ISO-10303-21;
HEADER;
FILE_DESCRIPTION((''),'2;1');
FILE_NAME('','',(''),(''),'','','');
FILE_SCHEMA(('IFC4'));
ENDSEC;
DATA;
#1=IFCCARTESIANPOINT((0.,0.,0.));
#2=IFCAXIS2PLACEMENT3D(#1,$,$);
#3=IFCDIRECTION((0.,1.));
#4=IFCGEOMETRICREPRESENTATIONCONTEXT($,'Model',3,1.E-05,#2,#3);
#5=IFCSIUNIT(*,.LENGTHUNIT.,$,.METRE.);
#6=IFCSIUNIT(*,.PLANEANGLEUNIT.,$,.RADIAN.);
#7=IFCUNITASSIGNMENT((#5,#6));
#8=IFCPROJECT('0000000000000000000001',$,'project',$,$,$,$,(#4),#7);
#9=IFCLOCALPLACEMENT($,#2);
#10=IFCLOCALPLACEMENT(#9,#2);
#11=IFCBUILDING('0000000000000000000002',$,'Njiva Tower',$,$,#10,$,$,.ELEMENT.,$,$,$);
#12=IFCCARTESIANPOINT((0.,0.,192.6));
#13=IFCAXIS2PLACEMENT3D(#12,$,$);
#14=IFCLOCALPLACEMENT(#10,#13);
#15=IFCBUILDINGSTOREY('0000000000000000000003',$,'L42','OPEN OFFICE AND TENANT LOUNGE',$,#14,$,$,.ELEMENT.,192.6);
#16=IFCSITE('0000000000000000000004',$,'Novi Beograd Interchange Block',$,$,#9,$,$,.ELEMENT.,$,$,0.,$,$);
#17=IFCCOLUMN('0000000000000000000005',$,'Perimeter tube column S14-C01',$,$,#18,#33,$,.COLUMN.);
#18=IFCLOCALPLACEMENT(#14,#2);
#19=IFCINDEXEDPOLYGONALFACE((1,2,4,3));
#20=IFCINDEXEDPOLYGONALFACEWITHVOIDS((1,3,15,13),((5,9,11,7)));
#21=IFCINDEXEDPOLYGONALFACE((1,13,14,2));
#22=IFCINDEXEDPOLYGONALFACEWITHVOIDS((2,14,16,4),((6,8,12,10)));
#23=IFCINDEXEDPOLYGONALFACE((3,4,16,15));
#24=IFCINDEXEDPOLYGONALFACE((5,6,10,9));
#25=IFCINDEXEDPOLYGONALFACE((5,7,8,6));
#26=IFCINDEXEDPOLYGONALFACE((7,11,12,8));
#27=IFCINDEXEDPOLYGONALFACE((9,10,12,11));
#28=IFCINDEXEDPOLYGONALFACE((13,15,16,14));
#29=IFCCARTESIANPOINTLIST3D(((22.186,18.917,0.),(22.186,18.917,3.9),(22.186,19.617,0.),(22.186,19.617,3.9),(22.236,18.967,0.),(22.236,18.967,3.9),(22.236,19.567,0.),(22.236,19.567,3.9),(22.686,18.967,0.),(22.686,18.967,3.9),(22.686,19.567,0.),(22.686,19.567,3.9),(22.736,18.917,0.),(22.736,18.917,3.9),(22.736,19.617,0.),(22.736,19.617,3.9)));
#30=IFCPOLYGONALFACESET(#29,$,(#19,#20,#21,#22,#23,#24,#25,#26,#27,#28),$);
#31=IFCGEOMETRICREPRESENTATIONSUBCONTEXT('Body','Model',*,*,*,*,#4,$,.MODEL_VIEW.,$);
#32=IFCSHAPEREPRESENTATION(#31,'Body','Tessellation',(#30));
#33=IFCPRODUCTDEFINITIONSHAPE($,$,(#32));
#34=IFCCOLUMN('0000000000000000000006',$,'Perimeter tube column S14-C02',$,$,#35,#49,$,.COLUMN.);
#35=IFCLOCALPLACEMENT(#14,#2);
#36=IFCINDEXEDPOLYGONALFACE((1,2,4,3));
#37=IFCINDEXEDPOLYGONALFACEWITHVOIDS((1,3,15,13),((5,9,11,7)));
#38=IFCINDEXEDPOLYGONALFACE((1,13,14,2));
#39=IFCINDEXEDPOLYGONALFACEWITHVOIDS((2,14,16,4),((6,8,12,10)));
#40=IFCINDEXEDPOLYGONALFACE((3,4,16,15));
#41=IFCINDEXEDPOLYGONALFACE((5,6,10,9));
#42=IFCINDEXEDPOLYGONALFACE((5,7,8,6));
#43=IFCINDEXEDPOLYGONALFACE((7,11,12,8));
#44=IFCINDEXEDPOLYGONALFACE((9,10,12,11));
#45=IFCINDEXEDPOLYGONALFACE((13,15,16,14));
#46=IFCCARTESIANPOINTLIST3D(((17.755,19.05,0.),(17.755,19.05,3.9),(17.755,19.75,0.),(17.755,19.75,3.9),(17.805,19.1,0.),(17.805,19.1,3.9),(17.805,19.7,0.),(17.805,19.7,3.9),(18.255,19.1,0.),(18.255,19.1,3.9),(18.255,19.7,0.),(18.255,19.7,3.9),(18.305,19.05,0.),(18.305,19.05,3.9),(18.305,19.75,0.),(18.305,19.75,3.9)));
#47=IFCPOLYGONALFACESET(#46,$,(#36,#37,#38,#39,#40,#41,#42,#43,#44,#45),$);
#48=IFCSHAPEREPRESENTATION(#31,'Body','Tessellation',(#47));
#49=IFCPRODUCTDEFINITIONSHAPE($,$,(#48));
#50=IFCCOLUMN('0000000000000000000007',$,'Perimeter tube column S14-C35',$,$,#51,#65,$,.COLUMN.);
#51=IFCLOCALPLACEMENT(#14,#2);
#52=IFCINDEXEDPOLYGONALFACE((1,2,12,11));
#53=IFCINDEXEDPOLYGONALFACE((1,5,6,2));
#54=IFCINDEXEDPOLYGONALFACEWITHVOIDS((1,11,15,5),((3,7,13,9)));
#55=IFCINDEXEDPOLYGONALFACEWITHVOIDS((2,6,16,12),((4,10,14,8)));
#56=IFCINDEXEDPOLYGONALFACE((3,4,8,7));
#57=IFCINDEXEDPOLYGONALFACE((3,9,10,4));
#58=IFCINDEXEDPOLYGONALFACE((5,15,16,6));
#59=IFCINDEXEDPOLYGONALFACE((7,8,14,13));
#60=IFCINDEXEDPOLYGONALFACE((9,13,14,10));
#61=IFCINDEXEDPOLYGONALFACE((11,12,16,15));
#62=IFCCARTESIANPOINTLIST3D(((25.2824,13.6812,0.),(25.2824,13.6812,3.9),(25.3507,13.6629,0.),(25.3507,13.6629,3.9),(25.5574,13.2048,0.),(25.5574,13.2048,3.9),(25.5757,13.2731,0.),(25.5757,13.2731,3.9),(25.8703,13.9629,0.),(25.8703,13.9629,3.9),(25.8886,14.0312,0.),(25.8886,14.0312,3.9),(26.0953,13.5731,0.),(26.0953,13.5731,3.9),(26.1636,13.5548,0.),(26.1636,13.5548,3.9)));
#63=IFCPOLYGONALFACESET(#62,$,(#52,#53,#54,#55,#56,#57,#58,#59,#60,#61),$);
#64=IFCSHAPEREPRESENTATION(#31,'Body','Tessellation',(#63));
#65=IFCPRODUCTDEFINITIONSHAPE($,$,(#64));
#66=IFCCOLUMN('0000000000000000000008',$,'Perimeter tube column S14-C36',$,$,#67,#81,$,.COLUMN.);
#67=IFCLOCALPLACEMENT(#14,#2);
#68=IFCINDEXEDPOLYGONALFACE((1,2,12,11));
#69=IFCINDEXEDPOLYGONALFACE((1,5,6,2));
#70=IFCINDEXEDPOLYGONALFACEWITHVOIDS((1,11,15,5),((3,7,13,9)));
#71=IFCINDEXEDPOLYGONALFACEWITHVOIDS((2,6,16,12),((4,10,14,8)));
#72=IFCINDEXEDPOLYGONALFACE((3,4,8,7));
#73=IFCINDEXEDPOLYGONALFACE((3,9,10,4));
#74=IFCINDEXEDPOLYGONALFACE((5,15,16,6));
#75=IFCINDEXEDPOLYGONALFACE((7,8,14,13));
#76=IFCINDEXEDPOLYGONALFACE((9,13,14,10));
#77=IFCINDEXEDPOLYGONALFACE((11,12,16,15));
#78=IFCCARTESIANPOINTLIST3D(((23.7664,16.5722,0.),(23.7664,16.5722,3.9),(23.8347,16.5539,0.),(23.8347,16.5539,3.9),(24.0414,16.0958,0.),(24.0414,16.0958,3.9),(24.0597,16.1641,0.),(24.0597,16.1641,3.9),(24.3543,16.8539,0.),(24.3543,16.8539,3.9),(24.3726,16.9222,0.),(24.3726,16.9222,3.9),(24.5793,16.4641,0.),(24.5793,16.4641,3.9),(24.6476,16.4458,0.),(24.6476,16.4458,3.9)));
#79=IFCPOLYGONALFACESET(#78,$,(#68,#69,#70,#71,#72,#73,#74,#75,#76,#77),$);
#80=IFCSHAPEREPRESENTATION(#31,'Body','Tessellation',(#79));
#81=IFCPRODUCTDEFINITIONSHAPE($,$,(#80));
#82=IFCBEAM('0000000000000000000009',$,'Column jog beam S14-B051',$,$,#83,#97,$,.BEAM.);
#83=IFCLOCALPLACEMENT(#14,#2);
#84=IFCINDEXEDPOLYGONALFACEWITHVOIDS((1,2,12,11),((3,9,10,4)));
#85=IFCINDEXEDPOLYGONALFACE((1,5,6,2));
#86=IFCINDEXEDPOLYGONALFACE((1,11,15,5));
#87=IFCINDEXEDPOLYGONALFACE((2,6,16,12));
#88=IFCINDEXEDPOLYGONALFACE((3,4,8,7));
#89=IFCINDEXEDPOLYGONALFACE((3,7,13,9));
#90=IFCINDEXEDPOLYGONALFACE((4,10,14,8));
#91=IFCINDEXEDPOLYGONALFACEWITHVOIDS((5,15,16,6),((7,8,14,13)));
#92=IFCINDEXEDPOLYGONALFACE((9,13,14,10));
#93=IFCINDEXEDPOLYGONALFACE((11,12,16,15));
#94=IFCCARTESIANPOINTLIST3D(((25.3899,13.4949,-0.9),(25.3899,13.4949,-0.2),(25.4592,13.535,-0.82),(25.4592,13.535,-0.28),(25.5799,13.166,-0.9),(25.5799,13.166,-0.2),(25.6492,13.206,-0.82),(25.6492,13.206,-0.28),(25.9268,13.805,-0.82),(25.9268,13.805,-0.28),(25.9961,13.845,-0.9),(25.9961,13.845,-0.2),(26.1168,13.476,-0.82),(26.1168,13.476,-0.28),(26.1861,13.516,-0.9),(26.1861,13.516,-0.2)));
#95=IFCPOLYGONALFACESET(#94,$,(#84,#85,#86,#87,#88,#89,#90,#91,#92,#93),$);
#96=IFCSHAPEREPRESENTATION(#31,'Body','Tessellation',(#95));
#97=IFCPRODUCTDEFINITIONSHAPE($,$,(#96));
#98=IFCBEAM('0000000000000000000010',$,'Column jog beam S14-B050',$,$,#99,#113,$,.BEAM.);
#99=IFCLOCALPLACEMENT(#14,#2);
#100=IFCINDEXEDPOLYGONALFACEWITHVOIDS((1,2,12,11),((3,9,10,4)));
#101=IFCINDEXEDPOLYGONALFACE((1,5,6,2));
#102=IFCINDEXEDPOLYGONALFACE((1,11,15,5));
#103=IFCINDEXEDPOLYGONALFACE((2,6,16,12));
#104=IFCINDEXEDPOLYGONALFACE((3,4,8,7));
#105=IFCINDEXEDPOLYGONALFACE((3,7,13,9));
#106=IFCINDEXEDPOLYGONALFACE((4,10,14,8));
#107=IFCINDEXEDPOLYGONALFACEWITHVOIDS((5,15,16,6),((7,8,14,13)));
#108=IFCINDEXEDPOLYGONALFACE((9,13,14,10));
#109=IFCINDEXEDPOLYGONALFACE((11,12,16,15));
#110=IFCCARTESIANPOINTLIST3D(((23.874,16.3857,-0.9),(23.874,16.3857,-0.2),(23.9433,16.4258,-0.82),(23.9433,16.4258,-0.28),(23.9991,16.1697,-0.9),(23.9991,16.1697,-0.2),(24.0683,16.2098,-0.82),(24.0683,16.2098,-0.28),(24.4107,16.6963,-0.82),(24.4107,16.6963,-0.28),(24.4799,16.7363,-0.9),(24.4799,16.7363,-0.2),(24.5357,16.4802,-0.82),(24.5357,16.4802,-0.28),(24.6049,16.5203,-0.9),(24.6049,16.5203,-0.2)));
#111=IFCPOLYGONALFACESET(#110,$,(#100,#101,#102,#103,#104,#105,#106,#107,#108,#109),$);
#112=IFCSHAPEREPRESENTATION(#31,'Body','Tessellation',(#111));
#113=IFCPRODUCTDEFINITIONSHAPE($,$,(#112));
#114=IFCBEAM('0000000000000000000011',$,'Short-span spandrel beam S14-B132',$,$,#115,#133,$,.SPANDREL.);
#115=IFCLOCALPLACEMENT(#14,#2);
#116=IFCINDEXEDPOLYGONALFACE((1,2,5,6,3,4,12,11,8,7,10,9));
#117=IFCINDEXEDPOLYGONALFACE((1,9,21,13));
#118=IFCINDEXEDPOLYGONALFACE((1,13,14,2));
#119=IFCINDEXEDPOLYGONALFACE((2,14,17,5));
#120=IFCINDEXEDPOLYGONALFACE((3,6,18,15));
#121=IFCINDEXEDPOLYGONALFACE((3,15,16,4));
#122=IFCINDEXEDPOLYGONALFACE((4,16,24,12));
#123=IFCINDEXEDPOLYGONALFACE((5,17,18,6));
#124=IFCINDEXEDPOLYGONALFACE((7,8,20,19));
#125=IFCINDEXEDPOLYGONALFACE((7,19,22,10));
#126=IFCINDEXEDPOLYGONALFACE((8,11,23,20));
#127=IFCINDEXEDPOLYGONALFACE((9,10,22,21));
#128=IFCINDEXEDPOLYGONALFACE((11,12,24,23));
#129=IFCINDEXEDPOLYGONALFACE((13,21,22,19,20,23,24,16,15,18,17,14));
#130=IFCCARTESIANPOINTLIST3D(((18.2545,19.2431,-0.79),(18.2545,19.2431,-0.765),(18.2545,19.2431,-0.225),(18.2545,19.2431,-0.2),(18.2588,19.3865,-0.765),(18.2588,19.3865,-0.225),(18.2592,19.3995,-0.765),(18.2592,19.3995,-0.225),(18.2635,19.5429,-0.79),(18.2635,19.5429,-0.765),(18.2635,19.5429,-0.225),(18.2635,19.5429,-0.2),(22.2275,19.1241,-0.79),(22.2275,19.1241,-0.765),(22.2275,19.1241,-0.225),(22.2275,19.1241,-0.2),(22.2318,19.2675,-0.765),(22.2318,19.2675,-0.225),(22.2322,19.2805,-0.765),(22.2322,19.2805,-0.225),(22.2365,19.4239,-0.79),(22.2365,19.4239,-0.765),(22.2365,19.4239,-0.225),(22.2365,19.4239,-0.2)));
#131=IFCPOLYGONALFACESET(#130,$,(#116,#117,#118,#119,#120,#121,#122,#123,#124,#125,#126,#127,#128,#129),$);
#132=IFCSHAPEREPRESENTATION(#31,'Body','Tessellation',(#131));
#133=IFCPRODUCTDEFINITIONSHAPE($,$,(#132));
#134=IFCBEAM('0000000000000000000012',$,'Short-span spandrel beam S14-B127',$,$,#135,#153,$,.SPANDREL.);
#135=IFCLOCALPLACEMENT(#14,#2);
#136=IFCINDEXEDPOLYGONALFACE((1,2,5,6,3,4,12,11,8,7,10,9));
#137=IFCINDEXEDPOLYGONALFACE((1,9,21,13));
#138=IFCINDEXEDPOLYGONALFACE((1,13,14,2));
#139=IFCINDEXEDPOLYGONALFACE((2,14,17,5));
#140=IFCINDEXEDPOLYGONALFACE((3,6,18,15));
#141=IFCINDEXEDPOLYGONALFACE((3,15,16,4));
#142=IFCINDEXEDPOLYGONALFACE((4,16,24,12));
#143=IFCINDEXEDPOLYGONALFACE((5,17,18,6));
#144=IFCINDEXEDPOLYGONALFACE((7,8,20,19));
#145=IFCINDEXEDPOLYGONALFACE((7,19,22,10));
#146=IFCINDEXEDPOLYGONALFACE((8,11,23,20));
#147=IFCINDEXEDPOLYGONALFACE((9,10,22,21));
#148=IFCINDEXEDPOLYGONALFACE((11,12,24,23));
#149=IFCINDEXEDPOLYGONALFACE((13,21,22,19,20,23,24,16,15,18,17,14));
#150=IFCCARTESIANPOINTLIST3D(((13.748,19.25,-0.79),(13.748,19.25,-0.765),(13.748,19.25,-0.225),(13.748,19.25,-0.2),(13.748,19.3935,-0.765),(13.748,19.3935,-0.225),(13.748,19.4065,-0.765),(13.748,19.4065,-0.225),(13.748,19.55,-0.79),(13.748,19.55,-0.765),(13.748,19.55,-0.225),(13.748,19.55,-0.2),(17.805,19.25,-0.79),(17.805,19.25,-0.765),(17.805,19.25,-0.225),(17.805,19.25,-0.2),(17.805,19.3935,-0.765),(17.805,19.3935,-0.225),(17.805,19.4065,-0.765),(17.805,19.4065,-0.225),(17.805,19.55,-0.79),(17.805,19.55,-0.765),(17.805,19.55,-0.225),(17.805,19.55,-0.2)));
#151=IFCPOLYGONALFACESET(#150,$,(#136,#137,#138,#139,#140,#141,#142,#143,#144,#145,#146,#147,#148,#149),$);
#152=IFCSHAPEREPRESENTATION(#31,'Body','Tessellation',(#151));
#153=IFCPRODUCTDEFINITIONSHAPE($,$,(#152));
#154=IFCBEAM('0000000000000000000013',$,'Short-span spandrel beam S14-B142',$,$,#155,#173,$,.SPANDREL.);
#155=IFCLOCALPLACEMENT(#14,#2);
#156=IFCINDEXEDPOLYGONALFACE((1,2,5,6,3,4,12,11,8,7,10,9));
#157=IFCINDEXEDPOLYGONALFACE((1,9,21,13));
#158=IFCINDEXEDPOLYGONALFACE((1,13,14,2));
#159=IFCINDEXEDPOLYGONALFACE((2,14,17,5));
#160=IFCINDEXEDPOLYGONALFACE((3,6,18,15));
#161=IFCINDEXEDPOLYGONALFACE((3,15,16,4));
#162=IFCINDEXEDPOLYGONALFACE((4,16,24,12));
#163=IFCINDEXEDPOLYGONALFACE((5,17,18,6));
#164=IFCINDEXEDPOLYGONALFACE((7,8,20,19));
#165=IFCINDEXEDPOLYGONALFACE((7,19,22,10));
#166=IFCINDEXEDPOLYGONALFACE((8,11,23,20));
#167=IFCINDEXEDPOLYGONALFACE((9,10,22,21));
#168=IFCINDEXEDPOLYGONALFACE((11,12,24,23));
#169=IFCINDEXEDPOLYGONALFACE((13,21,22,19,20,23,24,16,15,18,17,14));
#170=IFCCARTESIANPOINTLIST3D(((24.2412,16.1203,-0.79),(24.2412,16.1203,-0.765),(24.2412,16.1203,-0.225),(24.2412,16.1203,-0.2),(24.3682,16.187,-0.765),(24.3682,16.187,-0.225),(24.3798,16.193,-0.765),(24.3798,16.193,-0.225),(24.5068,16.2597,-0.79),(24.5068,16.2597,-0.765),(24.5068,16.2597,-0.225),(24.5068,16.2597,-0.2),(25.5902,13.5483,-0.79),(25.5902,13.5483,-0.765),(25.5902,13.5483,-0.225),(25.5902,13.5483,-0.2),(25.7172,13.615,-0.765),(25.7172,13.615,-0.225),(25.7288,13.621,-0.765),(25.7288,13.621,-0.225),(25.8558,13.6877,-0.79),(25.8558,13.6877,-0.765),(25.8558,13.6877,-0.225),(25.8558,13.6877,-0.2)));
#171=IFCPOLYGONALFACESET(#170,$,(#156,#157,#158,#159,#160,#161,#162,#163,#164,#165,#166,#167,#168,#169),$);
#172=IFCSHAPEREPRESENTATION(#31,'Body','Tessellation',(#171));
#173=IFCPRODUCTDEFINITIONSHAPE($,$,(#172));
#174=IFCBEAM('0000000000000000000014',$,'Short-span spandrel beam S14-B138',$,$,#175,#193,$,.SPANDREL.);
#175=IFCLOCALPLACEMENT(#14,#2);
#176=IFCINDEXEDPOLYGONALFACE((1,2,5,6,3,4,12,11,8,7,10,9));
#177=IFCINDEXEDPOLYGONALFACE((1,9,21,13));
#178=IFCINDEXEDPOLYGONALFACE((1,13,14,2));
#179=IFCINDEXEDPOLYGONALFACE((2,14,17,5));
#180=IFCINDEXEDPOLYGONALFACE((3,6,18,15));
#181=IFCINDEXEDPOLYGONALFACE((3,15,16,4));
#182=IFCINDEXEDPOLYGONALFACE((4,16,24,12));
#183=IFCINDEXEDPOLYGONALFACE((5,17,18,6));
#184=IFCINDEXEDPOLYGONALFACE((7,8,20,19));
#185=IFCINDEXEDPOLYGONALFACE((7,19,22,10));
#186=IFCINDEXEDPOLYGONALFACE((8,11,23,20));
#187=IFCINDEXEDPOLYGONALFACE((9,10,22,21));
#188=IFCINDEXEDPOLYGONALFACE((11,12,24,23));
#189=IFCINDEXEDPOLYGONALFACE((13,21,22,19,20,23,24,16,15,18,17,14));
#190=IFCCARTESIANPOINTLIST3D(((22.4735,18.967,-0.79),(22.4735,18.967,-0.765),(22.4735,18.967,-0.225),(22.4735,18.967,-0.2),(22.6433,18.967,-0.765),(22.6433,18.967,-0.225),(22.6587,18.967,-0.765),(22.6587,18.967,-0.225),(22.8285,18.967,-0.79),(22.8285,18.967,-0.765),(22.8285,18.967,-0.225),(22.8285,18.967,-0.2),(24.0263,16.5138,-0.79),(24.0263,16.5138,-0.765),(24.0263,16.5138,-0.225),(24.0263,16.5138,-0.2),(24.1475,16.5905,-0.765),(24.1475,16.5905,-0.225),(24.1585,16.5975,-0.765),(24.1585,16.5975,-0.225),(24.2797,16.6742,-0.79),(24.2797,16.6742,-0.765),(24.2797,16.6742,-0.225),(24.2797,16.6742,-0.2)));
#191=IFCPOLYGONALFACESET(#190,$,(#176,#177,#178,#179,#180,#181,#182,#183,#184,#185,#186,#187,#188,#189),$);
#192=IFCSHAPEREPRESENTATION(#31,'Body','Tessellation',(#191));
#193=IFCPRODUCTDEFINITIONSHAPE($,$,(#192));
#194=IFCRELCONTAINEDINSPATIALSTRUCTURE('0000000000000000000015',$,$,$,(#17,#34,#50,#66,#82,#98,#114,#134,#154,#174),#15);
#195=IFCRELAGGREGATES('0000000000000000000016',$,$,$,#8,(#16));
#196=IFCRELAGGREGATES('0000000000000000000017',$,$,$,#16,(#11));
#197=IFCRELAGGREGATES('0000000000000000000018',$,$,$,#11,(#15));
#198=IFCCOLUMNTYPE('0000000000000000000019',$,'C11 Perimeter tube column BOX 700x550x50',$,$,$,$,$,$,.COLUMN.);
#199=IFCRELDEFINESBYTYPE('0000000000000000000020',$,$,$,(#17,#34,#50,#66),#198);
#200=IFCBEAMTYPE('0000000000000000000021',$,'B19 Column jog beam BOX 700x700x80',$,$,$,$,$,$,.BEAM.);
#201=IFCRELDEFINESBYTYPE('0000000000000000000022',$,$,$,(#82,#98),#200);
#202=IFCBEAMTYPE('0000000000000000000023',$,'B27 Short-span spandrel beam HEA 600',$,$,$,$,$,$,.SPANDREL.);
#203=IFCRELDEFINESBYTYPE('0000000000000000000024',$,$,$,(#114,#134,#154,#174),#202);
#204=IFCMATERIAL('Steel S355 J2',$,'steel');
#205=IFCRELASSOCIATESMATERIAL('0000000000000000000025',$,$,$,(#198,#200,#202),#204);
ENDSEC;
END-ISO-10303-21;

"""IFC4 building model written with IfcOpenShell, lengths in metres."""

from ifc_helpers import new_model, si_unit, direction, frame, origin, origin_2d, place, context, subcontext, project, spatial, hollow_rectangle, i_section, extrude, clip, halfspace, material, material_profile, profile_set, type_object, element, save


model = new_model("IFC4")

# Units and contexts
model_context = context("Model", 3, precision=1e-05, world=origin(), true_north=direction((0.0, 1.0)))
body_context = subcontext(model_context, "Body", "Model", "MODEL_VIEW")
ifc_project = project(units=[si_unit("LENGTHUNIT", "METRE"), si_unit("PLANEANGLEUNIT", "RADIAN")], contexts=[model_context])

# Site, building, storey
site_placement = place(None, origin())
site = spatial("IfcSite", under=ifc_project, at=site_placement, Name="Novi Beograd Interchange Block", CompositionType="ELEMENT", RefElevation=0.0)
building_placement = place(site_placement, origin())
building = spatial("IfcBuilding", under=site, at=building_placement, Name="Njiva Tower", CompositionType="ELEMENT")
storey_placement = place(building_placement, frame((0.0, 0.0, 192.6)))
storey = spatial("IfcBuildingStorey", under=building, at=storey_placement, Name="L42", Description="OPEN OFFICE AND TENANT LOUNGE", CompositionType="ELEMENT", Elevation=192.6)

# Columns
ifc_material_1 = material(Name="Steel S355 J2", Category="steel")
ifc_material_profile_1 = material_profile(ifc_material_1, hollow_rectangle(XDim=0.55, YDim=0.7, WallThickness=0.05, at=origin_2d()), Name="BOX 700x550x50")
ifc_profile_set_1 = profile_set([ifc_material_profile_1], Name="Steel S355 J2")
column_type = type_object("IfcColumnType", Name="C11 Perimeter tube column BOX 700x550x50", PredefinedType="COLUMN", material=ifc_profile_set_1)
for number, where, z_axis, x_axis, name in (
    (1, (22.461, 19.267, 0.0), (0.0, 0.0, 1.0), (-1.0, 0.0, 0.0), "Perimeter tube column S14-C01"),
    (2, (18.03, 19.4, 0.0), (0.0, 0.0, 1.0), (-1.0, 0.0, 0.0), "Perimeter tube column S14-C02"),
    (3, (25.723, 13.618, 0.0), (0.0, 0.0, 1.0), (-0.5, 0.866025, 0.0), "Perimeter tube column S14-C35"),
    (4, (24.207, 16.509, 0.0), (0.0, 0.0, 1.0), (-0.5, 0.866025, 0.0), "Perimeter tube column S14-C36"),
):
    element("IfcColumn", number, at=place(storey_placement, frame(where, z_axis=z_axis, x_axis=x_axis)), inside=storey, type_object=column_type, Name=name, PredefinedType="COLUMN", context=body_context, shape_type="SweptSolid", body=[
        extrude(hollow_rectangle(XDim=0.55, YDim=0.7, WallThickness=0.05, at=origin_2d()), origin(), (0.0, 0.0, 1.0), 3.9),
    ])

# Beams
ifc_material_profile_2 = material_profile(ifc_material_1, hollow_rectangle(XDim=0.7, YDim=0.7, WallThickness=0.08, at=origin_2d()), Name="BOX 700x700x80")
ifc_profile_set_2 = profile_set([ifc_material_profile_2], Name="Steel S355 J2")
beam_type_1 = type_object("IfcBeamType", Name="B19 Column jog beam BOX 700x700x80", PredefinedType="BEAM", material=ifc_profile_set_2)
beam_1_placement = place(storey_placement, frame((25.883, 13.341, -0.55), z_axis=(-0.500102, 0.865966, 0.0), x_axis=(-0.865966, -0.500102, 0.0)))
element("IfcBeam", 5, at=beam_1_placement, inside=storey, type_object=beam_type_1, Name="Column jog beam S14-B051", PredefinedType="BEAM", context=body_context, shape_type="SweptSolid", body=[
    extrude(hollow_rectangle(XDim=0.7, YDim=0.7, WallThickness=0.08, at=origin_2d()), origin(), (0.0, 0.0, 1.0), 0.3799),
])
beam_2_placement = place(storey_placement, frame((24.302, 16.345, -0.55), z_axis=(-0.500878, 0.865518, 0.0), x_axis=(-0.865518, -0.500878, 0.0)))
element("IfcBeam", 6, at=beam_2_placement, inside=storey, type_object=beam_type_1, Name="Column jog beam S14-B050", PredefinedType="BEAM", context=body_context, shape_type="SweptSolid", body=[
    extrude(hollow_rectangle(XDim=0.7, YDim=0.7, WallThickness=0.08, at=origin_2d()), origin(), (0.0, 0.0, 1.0), 0.2496),
])
ifc_material_profile_3 = material_profile(ifc_material_1, i_section(OverallWidth=0.3, OverallDepth=0.59, WebThickness=0.013, FlangeThickness=0.025, at=origin_2d()), Name="HEA 600")
ifc_profile_set_3 = profile_set([ifc_material_profile_3], Name="Steel S355 J2")
beam_type_2 = type_object("IfcBeamType", Name="B27 Short-span spandrel beam HEA 600", PredefinedType="SPANDREL", material=ifc_profile_set_3)
beam_3_placement = place(storey_placement, frame((22.232, 19.274, -0.495), z_axis=(-0.999552, 0.029939, 0.0), x_axis=(-0.029939, -0.999552, 0.0)))
element("IfcBeam", 7, at=beam_3_placement, inside=storey, type_object=beam_type_2, Name="Short-span spandrel beam S14-B132", PredefinedType="SPANDREL", context=body_context, shape_type="SweptSolid", body=[
    extrude(i_section(OverallWidth=0.3, OverallDepth=0.59, WebThickness=0.013, FlangeThickness=0.025, at=origin_2d()), origin(), (0.0, 0.0, 1.0), 3.9748),
])
beam_4_placement = place(storey_placement, frame((17.805, 19.4, -0.495), z_axis=(-1.0, 0.0, 0.0), x_axis=(0.0, -1.0, 0.0)))
element("IfcBeam", 8, at=beam_4_placement, inside=storey, type_object=beam_type_2, Name="Short-span spandrel beam S14-B127", PredefinedType="SPANDREL", context=body_context, shape_type="SweptSolid", body=[
    extrude(i_section(OverallWidth=0.3, OverallDepth=0.59, WebThickness=0.013, FlangeThickness=0.025, at=origin_2d()), origin(), (0.0, 0.0, 1.0), 4.057),
])
beam_5_placement = place(storey_placement, frame((25.723, 13.618, -0.495), z_axis=(-0.464483, 0.885582, 0.0), x_axis=(-0.885582, -0.464483, 0.0)))
element("IfcBeam", 9, at=beam_5_placement, inside=storey, type_object=beam_type_2, Name="Short-span spandrel beam S14-B142", PredefinedType="SPANDREL", context=body_context, shape_type="SweptSolid", body=[
    extrude(i_section(OverallWidth=0.3, OverallDepth=0.59, WebThickness=0.013, FlangeThickness=0.025, at=origin_2d()), origin(), (0.0, 0.0, 1.0), 2.9043),
])
beam_6_placement = place(storey_placement, frame((24.153, 16.594, -0.495), z_axis=(-0.534823, 0.844964, 0.0), x_axis=(-0.844964, -0.534823, 0.0)))
element("IfcBeam", 10, at=beam_6_placement, inside=storey, type_object=beam_type_2, Name="Short-span spandrel beam S14-B138", PredefinedType="SPANDREL", context=body_context, shape_type="Clipping", body=[
    clip(extrude(i_section(OverallWidth=0.3, OverallDepth=0.59, WebThickness=0.013, FlangeThickness=0.025, at=origin_2d()), origin(), (0.0, 0.0, 1.0), 2.9234), halfspace(frame((-0.0269, 0.0, 2.7914), z_axis=(-0.534823, 0.0, 0.844964), x_axis=(0.0, 1.0, 0.0)), False)),
])

save(model, "model.ifc")
